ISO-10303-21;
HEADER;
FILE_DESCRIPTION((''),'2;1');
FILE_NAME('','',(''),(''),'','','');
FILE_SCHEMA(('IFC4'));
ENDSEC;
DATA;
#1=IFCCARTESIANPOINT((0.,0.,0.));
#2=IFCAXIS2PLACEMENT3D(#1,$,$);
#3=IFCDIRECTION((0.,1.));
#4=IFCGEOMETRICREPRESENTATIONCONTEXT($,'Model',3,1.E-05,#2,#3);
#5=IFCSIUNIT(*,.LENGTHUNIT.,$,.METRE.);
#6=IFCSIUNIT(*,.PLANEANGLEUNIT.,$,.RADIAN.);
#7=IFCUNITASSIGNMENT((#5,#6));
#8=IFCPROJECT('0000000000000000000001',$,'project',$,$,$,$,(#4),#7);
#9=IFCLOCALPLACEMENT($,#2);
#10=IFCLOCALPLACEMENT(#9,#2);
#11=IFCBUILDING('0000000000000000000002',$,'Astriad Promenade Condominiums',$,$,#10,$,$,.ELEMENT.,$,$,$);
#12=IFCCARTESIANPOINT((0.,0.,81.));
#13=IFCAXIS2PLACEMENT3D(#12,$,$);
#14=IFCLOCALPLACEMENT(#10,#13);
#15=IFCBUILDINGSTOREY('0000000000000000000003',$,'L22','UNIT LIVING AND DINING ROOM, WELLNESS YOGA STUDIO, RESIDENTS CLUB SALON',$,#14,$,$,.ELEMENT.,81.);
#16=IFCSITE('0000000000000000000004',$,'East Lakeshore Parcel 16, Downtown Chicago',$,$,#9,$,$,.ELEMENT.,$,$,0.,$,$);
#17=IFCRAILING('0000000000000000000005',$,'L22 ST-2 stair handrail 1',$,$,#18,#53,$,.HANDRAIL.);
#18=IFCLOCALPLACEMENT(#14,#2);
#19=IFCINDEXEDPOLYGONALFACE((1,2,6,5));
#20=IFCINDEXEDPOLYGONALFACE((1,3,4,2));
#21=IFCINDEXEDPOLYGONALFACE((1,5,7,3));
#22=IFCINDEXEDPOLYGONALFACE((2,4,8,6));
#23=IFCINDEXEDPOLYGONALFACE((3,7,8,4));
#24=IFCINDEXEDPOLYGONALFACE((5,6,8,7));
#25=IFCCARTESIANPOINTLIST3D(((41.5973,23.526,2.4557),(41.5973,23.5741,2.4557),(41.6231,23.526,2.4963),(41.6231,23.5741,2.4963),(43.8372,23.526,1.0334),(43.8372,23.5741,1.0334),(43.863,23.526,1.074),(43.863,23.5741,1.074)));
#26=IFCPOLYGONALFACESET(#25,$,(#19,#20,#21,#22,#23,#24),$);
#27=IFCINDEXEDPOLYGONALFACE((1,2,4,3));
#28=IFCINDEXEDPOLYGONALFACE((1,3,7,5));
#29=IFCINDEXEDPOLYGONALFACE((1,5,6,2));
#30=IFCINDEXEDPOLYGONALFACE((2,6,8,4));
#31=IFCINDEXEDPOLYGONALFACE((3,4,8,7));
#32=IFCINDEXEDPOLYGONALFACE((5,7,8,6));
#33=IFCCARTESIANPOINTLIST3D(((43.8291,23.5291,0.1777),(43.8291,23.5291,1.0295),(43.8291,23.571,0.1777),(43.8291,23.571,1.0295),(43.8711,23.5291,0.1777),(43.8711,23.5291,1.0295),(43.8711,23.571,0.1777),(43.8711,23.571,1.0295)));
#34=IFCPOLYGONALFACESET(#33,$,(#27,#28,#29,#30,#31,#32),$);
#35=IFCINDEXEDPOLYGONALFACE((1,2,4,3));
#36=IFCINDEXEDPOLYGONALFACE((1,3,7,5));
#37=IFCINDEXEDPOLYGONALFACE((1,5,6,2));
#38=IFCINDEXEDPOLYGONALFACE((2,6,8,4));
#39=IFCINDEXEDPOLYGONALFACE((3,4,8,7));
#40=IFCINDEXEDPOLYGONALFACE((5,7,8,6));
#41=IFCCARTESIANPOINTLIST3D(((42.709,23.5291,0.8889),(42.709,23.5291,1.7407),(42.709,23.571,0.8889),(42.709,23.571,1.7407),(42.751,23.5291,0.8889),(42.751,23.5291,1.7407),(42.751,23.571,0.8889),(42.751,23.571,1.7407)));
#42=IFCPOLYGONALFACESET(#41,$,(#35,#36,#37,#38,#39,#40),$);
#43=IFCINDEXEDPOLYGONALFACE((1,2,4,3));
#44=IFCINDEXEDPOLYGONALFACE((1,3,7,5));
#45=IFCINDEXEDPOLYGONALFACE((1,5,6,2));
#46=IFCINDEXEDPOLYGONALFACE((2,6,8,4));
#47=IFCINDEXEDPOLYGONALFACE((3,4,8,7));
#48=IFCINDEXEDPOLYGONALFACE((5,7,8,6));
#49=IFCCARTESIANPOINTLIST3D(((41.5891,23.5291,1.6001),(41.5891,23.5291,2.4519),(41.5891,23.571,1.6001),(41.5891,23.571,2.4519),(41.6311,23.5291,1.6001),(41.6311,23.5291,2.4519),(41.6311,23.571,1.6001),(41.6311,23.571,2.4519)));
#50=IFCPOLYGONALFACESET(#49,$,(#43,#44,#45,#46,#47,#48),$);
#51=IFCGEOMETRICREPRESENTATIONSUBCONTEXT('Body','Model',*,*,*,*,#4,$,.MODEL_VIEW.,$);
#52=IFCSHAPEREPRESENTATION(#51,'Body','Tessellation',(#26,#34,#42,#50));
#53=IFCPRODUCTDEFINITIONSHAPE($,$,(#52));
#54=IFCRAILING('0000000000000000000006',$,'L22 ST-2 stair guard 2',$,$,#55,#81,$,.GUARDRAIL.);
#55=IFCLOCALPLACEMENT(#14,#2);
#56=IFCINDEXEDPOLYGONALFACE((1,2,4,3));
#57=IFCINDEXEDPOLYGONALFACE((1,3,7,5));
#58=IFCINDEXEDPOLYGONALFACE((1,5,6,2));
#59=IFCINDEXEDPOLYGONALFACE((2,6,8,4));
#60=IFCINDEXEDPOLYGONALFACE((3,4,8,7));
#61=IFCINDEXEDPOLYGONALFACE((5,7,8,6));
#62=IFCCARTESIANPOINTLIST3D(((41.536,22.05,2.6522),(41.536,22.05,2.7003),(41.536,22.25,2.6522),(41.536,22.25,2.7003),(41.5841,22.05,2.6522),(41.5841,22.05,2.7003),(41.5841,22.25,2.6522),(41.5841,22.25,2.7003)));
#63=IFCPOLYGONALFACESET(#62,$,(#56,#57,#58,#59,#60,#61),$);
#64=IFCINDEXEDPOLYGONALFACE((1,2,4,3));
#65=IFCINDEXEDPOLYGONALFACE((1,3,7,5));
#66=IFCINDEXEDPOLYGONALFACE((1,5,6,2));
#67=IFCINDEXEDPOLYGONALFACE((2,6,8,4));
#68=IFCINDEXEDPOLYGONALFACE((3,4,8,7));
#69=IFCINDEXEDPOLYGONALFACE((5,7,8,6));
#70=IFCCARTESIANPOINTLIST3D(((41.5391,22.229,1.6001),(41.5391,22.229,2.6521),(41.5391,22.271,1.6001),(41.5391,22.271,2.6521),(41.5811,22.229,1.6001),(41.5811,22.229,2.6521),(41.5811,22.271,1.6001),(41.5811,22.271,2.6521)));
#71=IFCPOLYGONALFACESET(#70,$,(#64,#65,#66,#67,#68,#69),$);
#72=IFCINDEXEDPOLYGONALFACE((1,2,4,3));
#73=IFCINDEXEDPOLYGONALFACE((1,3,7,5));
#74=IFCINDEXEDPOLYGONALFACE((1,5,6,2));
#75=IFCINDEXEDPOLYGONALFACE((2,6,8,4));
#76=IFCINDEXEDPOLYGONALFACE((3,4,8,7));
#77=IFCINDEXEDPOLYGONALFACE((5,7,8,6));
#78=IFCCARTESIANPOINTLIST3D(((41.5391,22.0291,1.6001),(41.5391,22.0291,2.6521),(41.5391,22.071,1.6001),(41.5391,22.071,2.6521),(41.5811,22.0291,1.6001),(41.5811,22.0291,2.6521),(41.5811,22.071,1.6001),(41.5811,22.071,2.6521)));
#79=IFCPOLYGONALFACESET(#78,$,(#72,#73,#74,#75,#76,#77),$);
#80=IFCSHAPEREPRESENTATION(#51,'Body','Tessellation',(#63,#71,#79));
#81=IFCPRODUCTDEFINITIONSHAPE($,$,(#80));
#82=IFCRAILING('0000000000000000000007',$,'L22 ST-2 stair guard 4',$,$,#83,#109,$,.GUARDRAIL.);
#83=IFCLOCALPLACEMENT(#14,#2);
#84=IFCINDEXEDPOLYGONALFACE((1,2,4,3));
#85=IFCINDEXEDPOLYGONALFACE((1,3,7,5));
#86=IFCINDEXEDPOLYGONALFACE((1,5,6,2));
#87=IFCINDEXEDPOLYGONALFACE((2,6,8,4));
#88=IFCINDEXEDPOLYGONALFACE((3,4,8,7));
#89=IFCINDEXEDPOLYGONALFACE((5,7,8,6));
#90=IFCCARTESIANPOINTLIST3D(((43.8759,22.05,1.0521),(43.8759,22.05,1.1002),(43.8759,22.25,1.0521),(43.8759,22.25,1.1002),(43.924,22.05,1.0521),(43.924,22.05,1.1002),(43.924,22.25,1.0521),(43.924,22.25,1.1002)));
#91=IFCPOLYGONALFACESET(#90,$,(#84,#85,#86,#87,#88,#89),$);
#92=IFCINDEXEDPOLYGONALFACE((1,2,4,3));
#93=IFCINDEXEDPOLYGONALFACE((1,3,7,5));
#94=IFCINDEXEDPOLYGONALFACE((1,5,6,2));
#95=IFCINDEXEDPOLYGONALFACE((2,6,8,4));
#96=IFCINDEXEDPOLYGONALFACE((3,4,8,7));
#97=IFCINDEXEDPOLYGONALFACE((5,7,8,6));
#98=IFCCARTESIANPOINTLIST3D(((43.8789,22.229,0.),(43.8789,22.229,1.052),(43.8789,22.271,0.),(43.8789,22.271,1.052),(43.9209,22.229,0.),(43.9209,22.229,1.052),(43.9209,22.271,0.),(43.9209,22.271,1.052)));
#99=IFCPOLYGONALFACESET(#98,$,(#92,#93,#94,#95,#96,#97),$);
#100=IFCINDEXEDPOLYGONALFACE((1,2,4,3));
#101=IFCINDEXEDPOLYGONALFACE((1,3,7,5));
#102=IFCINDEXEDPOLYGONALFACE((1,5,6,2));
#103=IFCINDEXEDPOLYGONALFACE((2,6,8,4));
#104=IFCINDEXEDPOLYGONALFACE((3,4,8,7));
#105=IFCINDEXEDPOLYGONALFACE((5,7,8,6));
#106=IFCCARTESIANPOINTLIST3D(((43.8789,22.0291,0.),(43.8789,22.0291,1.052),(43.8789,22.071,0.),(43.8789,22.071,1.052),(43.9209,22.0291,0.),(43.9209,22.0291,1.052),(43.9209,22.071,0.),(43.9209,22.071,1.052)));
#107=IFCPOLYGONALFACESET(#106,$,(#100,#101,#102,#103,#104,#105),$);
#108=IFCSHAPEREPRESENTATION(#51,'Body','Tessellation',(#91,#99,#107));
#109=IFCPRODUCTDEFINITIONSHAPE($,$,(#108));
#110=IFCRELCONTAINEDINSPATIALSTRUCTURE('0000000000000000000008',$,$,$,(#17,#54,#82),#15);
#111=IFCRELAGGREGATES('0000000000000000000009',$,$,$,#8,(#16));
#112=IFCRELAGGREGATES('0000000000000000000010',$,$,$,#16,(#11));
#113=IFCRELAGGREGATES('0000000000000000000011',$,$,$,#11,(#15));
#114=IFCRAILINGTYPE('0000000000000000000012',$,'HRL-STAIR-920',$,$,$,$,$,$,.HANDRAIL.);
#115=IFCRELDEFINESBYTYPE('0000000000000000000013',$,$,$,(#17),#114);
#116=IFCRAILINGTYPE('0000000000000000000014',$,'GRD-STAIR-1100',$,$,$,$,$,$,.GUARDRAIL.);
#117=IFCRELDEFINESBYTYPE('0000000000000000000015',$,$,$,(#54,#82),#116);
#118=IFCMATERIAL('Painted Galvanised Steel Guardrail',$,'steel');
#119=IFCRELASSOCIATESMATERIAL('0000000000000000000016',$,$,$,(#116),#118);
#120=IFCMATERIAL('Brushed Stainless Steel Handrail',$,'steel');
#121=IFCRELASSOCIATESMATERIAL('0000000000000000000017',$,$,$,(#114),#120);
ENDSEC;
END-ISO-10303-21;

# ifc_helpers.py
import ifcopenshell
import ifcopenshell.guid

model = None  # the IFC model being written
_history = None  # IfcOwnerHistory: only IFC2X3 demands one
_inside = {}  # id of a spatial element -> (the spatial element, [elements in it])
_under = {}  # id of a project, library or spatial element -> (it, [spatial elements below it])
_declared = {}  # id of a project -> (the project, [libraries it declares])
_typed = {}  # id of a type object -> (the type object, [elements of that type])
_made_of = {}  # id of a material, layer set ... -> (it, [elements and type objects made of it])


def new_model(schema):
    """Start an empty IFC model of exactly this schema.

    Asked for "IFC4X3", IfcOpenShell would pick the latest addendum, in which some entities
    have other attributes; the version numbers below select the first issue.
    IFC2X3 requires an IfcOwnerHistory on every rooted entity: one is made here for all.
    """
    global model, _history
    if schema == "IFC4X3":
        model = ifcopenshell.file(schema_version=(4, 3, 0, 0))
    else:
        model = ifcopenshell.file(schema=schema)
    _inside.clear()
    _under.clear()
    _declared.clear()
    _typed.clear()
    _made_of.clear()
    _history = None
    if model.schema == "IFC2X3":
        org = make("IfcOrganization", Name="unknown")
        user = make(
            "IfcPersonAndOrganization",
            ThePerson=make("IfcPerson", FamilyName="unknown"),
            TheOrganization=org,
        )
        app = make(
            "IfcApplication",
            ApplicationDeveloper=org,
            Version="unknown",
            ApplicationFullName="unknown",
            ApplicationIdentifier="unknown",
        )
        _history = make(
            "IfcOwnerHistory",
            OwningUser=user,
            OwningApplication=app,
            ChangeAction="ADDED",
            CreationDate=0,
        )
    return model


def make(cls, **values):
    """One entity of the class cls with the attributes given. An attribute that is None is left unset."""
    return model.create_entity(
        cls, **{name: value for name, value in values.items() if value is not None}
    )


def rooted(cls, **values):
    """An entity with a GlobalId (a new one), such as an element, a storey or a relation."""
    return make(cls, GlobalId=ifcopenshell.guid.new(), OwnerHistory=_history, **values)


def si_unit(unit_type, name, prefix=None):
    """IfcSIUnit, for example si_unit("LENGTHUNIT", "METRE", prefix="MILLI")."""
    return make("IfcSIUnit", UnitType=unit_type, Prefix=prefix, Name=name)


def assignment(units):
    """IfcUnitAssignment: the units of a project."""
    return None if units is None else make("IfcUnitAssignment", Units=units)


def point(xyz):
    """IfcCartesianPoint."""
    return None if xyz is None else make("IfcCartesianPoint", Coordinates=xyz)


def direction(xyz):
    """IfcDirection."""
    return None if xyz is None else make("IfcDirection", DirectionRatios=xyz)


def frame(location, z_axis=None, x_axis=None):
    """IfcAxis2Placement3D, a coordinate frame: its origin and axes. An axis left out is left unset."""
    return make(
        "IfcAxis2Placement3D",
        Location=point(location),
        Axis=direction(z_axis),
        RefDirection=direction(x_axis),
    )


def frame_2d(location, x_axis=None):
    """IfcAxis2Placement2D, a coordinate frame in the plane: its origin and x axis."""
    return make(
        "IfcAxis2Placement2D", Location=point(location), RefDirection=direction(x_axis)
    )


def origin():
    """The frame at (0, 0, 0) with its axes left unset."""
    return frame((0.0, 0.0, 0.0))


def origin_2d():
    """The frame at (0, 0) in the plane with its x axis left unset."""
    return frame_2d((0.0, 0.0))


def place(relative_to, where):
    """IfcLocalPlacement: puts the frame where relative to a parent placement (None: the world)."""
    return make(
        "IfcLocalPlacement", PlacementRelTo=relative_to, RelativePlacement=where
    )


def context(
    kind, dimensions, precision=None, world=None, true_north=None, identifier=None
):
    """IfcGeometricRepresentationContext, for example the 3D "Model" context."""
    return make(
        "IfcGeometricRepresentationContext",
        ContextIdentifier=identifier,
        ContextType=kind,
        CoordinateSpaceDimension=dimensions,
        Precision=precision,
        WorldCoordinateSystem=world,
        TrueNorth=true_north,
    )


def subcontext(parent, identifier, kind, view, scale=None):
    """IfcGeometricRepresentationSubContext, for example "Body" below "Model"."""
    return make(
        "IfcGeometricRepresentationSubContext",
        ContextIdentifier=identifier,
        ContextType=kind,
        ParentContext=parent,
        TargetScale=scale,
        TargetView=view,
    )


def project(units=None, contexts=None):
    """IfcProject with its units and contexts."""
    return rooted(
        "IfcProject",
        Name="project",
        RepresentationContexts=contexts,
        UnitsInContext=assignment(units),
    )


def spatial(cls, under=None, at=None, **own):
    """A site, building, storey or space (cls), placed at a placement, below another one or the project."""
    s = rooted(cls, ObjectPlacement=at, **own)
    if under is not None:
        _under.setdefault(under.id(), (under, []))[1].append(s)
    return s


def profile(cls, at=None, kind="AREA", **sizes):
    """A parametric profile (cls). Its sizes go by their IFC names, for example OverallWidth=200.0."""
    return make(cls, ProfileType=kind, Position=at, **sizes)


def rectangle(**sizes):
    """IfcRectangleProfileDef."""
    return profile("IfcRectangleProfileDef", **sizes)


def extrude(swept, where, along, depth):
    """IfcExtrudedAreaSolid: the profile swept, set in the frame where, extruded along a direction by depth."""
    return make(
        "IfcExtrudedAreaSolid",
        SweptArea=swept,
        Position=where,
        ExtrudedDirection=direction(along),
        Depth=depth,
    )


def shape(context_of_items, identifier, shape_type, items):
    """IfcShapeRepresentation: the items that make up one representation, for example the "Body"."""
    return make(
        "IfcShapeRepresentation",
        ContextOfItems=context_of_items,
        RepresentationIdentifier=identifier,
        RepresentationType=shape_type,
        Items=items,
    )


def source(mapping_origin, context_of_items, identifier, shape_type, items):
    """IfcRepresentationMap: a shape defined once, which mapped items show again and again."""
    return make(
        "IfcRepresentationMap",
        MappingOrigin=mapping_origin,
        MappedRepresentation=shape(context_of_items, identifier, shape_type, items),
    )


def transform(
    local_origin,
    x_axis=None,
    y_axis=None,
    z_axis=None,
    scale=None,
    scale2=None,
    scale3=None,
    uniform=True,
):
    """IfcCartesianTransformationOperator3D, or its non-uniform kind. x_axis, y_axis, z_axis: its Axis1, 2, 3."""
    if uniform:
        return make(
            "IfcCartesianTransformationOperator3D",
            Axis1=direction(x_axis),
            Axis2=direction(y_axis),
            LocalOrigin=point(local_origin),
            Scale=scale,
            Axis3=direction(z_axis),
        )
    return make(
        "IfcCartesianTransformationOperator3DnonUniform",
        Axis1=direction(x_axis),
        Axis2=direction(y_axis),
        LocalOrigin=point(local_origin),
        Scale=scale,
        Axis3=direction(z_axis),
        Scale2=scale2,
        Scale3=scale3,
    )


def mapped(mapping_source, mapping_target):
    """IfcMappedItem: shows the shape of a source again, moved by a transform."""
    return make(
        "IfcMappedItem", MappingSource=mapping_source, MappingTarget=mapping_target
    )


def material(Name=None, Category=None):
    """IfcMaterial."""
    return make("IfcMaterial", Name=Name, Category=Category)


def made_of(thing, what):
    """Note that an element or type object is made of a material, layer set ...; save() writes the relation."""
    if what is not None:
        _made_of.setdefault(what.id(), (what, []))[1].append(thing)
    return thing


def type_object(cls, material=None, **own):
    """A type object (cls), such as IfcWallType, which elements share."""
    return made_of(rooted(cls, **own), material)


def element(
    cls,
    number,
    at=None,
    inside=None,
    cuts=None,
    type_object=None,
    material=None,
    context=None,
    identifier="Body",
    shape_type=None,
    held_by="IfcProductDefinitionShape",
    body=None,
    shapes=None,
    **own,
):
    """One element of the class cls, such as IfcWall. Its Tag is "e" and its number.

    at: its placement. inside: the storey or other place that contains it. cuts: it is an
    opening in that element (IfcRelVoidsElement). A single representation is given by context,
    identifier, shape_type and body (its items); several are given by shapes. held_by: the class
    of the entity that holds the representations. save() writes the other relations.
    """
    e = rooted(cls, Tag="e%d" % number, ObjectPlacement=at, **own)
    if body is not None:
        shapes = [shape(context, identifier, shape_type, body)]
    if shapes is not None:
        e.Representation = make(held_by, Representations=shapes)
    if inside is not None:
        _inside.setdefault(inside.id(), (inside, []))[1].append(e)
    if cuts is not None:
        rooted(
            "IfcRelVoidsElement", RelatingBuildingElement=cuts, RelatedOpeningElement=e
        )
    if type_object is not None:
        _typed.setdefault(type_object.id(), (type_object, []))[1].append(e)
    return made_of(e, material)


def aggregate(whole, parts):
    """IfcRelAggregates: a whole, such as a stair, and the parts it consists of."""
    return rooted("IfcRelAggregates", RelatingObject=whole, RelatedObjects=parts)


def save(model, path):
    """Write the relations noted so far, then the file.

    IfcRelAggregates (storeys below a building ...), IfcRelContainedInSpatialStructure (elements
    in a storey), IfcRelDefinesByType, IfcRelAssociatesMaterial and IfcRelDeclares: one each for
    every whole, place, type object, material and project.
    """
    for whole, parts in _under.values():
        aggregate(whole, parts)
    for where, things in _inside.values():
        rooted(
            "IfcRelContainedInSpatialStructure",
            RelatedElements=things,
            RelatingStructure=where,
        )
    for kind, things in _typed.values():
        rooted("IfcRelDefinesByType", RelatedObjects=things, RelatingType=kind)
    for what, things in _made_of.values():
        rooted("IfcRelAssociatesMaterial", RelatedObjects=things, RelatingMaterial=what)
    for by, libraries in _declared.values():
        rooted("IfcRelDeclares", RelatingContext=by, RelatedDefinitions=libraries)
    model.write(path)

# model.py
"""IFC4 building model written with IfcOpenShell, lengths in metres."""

from ifc_helpers import new_model, si_unit, direction, frame, origin, origin_2d, place, context, subcontext, project, spatial, rectangle, extrude, source, transform, mapped, material, type_object, element, save


model = new_model("IFC4")

# Units and contexts
model_context = context("Model", 3, precision=1e-05, world=origin(), true_north=direction((0.0, 1.0)))
body_context = subcontext(model_context, "Body", "Model", "MODEL_VIEW")
ifc_project = project(units=[si_unit("LENGTHUNIT", "METRE"), si_unit("PLANEANGLEUNIT", "RADIAN")], contexts=[model_context])

# Site, building, storey
site_placement = place(None, origin())
site = spatial("IfcSite", under=ifc_project, at=site_placement, Name="East Lakeshore Parcel 16, Downtown Chicago", CompositionType="ELEMENT", RefElevation=0.0)
building_placement = place(site_placement, origin())
building = spatial("IfcBuilding", under=site, at=building_placement, Name="Astriad Promenade Condominiums", CompositionType="ELEMENT")
storey_placement = place(building_placement, frame((0.0, 0.0, 81.0)))
storey = spatial("IfcBuildingStorey", under=building, at=storey_placement, Name="L22", Description="UNIT LIVING AND DINING ROOM, WELLNESS YOGA STUDIO, RESIDENTS CLUB SALON", CompositionType="ELEMENT", Elevation=81.0)

# Railings
ifc_material_1 = material(Name="Painted Galvanised Steel Guardrail", Category="steel")
railing_type_1 = type_object("IfcRailingType", Name="GRD-STAIR-1100", PredefinedType="GUARDRAIL", material=ifc_material_1)
ifc_material_2 = material(Name="Brushed Stainless Steel Handrail", Category="steel")
railing_type_2 = type_object("IfcRailingType", Name="HRL-STAIR-920", PredefinedType="HANDRAIL", material=ifc_material_2)
shared_shape_1 = source(origin(), body_context, "Body", "SweptSolid", [
    extrude(rectangle(XDim=0.0481, YDim=0.0481, at=origin_2d()), frame((0.0, 0.0, 0.876), z_axis=(-0.844188, 0.0, 0.536048), x_axis=(0.0, -1.0, 0.0)), (0.0, 0.0, 1.0), 2.6533),
    extrude(rectangle(XDim=0.042, YDim=0.042, at=origin_2d()), origin(), (0.0, 0.0, 1.0), 0.8518),
    extrude(rectangle(XDim=0.042, YDim=0.042, at=origin_2d()), frame((-1.1201, 0.0, 0.7112)), (0.0, 0.0, 1.0), 0.8518),
    extrude(rectangle(XDim=0.042, YDim=0.042, at=origin_2d()), frame((-2.24, 0.0, 1.4224)), (0.0, 0.0, 1.0), 0.8518),
])
railing_1_placement = place(storey_placement, frame((43.8501, 23.55, 0.1777)))
element("IfcRailing", 1, at=railing_1_placement, inside=storey, type_object=railing_type_2, Name="L22 ST-2 stair handrail 1", PredefinedType="HANDRAIL", context=body_context, shape_type="MappedRepresentation", body=[
    mapped(shared_shape_1, transform((0.0, 0.0, 0.0), scale=1.0)),
])
shared_shape_2 = source(origin(), body_context, "Body", "SweptSolid", [
    extrude(rectangle(XDim=0.0481, YDim=0.0481, at=origin_2d()), frame((0.0, 0.0, 1.0762), z_axis=(0.0, -1.0, 0.0), x_axis=(1.0, 0.0, 0.0)), (0.0, 0.0, 1.0), 0.2),
    extrude(rectangle(XDim=0.042, YDim=0.042, at=origin_2d()), origin(), (0.0, 0.0, 1.0), 1.052),
    extrude(rectangle(XDim=0.042, YDim=0.042, at=origin_2d()), frame((0.0, -0.2, 0.0)), (0.0, 0.0, 1.0), 1.052),
])
for number, where, name in (
    (2, (41.5601, 22.25, 1.6001), "L22 ST-2 stair guard 2"),
    (3, (43.8999, 22.25, 0.0), "L22 ST-2 stair guard 4"),
):
    element("IfcRailing", number, at=place(storey_placement, frame(where)), inside=storey, type_object=railing_type_1, Name=name, PredefinedType="GUARDRAIL", context=body_context, shape_type="MappedRepresentation", body=[
        mapped(shared_shape_2, transform((0.0, 0.0, 0.0), scale=1.0)),
    ])

save(model, "model.ifc")
